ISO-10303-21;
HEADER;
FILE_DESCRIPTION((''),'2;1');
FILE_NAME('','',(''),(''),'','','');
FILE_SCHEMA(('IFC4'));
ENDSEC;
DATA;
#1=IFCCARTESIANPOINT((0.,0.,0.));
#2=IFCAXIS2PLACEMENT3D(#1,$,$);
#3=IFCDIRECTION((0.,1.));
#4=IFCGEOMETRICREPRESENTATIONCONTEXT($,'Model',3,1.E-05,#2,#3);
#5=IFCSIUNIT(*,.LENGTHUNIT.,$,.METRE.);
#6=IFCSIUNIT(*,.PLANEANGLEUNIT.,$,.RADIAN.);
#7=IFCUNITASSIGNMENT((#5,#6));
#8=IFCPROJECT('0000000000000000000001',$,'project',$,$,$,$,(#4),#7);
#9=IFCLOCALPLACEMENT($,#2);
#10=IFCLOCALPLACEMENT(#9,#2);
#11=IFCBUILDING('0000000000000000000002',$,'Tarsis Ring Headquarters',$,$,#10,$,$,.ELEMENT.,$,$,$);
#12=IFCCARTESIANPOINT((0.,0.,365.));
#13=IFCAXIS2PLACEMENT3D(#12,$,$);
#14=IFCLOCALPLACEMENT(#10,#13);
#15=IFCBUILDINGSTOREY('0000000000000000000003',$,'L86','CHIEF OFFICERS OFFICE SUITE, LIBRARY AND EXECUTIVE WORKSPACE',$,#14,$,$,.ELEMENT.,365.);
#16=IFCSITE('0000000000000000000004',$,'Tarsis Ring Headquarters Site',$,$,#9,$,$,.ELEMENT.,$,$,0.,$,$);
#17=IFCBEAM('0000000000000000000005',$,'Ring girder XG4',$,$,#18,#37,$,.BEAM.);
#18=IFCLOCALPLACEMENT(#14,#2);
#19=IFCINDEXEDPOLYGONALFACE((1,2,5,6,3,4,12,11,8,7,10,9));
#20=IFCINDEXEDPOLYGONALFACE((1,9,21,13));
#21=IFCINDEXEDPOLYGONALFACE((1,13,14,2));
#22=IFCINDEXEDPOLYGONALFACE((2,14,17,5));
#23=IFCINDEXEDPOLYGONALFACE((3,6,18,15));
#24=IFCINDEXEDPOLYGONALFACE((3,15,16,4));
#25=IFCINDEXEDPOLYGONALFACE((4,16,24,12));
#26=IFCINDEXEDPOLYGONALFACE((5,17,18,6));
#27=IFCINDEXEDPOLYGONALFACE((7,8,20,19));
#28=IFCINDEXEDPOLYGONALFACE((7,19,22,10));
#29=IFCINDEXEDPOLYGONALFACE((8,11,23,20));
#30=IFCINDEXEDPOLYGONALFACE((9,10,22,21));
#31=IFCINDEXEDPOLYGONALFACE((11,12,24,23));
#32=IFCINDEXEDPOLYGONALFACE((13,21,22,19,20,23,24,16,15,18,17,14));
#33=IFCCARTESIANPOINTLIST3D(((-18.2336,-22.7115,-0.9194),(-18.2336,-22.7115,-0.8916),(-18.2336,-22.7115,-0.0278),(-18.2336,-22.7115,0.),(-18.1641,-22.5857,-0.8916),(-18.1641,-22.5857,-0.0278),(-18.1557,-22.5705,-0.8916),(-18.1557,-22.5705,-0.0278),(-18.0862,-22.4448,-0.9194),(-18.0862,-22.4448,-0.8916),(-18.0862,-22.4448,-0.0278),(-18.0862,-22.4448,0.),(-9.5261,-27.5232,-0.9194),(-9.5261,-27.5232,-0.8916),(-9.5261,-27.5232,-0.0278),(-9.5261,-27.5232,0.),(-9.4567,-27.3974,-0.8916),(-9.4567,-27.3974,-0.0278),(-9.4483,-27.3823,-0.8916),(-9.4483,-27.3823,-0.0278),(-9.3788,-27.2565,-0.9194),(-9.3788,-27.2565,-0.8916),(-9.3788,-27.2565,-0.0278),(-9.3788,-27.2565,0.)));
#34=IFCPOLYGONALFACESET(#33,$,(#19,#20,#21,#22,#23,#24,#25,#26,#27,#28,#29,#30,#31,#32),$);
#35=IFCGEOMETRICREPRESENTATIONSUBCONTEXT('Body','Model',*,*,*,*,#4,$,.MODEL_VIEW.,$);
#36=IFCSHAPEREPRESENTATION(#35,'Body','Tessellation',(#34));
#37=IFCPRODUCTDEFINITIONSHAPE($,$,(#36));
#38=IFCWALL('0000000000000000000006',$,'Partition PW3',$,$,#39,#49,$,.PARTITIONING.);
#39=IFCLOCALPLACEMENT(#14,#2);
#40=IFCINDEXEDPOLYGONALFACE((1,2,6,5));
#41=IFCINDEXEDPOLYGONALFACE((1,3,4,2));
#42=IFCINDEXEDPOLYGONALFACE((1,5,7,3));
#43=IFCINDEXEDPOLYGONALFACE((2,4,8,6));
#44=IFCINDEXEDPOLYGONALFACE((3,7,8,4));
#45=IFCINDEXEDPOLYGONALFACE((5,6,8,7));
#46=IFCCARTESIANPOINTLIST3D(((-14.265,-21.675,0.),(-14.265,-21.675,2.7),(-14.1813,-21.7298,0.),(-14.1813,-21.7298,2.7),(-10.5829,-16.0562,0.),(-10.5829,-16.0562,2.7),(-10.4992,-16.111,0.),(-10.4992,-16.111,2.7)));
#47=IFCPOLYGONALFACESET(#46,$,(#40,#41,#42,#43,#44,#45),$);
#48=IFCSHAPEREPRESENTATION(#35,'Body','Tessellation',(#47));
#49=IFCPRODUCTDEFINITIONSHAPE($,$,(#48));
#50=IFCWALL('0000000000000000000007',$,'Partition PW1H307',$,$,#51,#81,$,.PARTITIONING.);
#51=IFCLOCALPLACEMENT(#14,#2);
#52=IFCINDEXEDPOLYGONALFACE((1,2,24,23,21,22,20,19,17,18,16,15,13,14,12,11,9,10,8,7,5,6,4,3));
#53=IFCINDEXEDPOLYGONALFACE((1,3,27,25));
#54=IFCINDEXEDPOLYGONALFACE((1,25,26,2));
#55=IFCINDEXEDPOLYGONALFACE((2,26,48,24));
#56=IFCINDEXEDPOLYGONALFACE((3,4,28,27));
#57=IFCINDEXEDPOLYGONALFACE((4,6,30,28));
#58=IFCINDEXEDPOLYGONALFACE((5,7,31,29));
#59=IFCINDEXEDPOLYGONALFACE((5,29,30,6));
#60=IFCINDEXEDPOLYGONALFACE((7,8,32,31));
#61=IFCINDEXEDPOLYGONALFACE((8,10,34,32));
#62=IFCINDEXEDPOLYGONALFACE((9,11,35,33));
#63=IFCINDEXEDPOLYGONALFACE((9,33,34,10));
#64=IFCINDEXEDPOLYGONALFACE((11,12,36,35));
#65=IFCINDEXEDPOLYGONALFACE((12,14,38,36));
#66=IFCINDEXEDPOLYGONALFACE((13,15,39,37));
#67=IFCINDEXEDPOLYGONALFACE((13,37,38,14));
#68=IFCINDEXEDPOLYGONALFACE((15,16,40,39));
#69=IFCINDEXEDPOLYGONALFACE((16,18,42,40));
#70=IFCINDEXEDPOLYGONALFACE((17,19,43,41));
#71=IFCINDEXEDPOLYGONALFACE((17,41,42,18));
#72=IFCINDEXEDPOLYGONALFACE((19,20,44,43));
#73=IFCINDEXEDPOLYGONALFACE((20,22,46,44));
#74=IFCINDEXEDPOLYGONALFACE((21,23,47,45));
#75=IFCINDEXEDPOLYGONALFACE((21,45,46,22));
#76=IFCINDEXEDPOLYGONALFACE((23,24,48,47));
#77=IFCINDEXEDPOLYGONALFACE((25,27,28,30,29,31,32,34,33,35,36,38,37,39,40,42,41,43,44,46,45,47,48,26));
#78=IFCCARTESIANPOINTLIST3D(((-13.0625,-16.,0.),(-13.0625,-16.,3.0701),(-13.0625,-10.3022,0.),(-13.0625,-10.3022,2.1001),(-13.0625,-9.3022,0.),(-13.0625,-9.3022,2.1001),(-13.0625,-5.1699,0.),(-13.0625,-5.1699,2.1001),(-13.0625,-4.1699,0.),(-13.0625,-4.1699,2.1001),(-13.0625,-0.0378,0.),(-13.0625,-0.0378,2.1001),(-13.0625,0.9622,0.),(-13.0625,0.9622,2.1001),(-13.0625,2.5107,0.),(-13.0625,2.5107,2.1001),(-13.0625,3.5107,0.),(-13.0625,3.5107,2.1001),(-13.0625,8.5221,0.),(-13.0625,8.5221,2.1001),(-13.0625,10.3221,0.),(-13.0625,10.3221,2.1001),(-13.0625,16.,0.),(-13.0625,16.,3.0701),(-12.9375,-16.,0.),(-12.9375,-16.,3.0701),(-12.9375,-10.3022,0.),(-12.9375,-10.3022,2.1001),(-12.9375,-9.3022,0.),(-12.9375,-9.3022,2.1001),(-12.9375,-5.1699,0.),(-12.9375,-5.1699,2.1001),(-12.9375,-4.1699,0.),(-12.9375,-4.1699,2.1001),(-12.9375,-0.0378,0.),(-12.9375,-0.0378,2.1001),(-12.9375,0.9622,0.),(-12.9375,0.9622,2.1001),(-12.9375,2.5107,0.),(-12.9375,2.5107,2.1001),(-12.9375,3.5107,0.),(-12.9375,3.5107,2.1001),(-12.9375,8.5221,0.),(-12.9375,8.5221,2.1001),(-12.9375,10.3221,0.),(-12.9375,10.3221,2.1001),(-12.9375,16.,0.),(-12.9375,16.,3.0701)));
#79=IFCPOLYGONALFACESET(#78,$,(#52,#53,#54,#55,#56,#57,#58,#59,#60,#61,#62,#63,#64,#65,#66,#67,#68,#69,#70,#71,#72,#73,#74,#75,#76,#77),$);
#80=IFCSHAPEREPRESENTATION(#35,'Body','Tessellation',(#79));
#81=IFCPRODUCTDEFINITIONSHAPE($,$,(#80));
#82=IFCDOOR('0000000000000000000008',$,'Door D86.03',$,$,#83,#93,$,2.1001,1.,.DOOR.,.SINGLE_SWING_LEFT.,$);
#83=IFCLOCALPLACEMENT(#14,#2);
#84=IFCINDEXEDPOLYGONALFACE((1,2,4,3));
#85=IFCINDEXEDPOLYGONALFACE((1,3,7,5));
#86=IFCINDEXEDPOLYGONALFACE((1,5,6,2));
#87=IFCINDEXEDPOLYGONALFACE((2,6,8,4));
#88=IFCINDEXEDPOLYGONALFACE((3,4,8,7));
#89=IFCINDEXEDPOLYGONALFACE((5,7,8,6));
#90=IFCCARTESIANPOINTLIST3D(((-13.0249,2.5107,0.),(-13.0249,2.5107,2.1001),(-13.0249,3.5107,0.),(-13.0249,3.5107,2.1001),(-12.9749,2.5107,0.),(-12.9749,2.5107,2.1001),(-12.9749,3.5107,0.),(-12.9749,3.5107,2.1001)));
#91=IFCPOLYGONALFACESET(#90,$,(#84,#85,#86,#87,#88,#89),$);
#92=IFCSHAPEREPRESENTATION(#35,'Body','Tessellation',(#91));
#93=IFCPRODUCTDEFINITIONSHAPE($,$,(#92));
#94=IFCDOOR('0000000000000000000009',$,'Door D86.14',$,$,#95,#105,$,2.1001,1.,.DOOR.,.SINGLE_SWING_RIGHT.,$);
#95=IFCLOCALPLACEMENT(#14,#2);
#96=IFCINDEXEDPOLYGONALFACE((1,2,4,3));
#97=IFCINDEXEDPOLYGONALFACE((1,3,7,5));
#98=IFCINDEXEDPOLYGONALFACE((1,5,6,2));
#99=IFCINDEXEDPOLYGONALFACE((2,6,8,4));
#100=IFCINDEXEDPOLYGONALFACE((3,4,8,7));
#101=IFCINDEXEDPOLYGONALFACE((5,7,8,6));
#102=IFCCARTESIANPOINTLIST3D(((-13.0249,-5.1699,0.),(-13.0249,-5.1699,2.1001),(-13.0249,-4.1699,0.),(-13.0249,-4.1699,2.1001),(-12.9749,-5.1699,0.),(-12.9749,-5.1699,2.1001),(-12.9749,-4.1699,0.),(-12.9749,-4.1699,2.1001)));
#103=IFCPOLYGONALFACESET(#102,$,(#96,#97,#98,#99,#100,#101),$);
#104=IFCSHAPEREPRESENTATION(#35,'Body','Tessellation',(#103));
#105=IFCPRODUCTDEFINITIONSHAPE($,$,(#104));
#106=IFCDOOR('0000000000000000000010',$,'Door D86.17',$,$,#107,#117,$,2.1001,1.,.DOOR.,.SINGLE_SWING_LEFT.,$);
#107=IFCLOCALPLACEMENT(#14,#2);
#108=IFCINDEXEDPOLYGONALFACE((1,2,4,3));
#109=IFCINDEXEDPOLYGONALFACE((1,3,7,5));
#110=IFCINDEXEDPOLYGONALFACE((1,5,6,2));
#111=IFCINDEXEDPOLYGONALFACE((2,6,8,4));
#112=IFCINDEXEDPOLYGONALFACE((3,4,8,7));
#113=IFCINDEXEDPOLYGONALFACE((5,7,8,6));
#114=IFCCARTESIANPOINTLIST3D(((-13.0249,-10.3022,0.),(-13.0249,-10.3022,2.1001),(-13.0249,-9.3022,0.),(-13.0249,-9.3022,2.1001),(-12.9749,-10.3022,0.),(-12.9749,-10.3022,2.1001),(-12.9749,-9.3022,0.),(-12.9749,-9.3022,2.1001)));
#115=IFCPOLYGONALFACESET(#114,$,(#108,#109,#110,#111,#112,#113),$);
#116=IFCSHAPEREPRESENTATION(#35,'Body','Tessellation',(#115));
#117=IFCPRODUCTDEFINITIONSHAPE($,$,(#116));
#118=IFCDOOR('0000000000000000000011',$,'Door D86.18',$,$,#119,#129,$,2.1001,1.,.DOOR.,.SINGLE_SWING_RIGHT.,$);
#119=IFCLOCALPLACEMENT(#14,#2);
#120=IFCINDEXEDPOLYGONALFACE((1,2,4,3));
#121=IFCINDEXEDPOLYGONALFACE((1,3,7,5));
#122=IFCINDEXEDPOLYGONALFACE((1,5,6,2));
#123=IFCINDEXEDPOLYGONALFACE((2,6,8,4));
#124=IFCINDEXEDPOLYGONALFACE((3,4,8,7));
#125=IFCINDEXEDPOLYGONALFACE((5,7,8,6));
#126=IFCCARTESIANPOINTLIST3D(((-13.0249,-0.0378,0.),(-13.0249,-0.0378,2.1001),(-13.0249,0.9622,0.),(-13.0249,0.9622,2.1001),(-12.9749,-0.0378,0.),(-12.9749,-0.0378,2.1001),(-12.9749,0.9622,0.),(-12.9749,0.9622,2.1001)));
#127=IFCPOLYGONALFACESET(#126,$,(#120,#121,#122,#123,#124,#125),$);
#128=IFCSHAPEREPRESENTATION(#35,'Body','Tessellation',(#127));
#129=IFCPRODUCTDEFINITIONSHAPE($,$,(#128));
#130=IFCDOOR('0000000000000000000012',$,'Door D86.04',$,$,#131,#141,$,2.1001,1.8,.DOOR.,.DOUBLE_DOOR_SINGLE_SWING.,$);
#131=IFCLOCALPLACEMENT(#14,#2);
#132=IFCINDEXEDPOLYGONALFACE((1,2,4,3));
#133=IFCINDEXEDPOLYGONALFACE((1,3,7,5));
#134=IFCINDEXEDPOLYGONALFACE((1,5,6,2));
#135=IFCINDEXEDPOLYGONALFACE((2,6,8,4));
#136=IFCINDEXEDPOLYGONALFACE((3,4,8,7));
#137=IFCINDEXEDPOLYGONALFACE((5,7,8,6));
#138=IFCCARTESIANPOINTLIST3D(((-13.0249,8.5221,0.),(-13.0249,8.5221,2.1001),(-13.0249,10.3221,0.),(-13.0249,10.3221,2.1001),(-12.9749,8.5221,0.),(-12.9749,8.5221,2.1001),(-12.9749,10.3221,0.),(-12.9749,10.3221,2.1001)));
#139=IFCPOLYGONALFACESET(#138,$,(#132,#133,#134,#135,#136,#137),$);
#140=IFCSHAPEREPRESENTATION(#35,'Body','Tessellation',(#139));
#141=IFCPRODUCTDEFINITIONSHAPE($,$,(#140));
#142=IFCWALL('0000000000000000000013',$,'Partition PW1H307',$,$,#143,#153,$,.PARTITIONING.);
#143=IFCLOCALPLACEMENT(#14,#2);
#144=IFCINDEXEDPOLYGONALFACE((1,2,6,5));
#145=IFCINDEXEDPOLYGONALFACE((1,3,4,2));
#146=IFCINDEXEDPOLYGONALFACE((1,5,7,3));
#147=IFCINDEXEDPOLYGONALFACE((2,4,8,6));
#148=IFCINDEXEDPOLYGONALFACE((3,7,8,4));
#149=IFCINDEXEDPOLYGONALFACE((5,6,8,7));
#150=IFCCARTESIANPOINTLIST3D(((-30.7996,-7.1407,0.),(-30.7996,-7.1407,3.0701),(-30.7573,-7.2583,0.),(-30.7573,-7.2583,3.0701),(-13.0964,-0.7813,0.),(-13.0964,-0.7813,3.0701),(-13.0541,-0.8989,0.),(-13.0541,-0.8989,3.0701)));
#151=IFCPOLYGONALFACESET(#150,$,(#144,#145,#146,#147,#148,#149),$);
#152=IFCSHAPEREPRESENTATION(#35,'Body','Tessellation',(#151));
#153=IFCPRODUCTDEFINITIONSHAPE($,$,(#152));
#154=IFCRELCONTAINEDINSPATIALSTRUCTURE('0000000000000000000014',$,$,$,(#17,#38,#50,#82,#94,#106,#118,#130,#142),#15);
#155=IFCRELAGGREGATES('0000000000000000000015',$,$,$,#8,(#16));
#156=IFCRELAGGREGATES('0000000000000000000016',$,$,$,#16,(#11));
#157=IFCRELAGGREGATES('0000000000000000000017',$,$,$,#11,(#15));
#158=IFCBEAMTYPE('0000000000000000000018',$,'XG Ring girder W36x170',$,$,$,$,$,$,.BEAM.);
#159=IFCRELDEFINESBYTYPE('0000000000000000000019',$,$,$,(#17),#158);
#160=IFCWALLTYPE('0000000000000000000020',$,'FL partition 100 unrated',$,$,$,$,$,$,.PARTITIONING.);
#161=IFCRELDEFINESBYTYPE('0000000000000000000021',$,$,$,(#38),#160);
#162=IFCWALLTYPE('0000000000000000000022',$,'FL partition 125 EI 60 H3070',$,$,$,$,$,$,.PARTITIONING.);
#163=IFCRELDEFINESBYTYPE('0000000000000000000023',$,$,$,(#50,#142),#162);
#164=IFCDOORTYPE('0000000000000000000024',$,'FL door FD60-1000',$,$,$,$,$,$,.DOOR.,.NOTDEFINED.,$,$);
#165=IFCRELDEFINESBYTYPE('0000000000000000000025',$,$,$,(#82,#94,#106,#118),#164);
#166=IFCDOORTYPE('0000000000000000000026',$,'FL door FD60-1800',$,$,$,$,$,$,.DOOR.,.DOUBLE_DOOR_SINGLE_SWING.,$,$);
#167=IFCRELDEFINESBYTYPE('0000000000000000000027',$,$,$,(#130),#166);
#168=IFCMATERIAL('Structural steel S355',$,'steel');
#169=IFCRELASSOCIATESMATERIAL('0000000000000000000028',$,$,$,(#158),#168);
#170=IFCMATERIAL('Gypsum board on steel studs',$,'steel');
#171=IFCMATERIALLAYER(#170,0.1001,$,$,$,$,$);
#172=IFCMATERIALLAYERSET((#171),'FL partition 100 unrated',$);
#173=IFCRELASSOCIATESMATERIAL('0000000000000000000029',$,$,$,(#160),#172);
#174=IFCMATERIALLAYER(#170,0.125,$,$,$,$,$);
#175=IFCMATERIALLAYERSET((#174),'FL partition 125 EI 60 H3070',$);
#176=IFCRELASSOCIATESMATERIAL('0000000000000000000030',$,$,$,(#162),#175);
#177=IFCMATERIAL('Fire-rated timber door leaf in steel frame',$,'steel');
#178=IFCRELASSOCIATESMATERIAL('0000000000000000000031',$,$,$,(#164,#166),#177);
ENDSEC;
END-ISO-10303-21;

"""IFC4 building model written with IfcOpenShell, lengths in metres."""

from ifc_helpers import new_model, si_unit, direction, frame, frame_2d, origin, origin_2d, place, context, subcontext, project, spatial, rectangle, i_section, extrude, material, layer, layer_set, material_profile, profile_set, type_object, element, fill, save


model = new_model("IFC4")

# Units and contexts
model_context = context("Model", 3, precision=1e-05, world=origin(), true_north=direction((0.0, 1.0)))
body_context = subcontext(model_context, "Body", "Model", "MODEL_VIEW")
ifc_project = project(units=[si_unit("LENGTHUNIT", "METRE"), si_unit("PLANEANGLEUNIT", "RADIAN")], contexts=[model_context])

# Site, building, storey
site_placement = place(None, origin())
site = spatial("IfcSite", under=ifc_project, at=site_placement, Name="Tarsis Ring Headquarters Site", CompositionType="ELEMENT", RefElevation=0.0)
building_placement = place(site_placement, origin())
building = spatial("IfcBuilding", under=site, at=building_placement, Name="Tarsis Ring Headquarters", CompositionType="ELEMENT")
storey_placement = place(building_placement, frame((0.0, 0.0, 365.0)))
storey = spatial("IfcBuildingStorey", under=building, at=storey_placement, Name="L86", Description="CHIEF OFFICERS OFFICE SUITE, LIBRARY AND EXECUTIVE WORKSPACE", CompositionType="ELEMENT", Elevation=365.0)

# Shared definitions
ifc_material_1 = material(Name="Structural steel S355", Category="steel")

# Beam
ifc_material_profile_1 = material_profile(ifc_material_1, i_section(OverallWidth=0.3047, OverallDepth=0.9194, WebThickness=0.0173, FlangeThickness=0.0278, at=origin_2d()), Name="W36x170")
ifc_profile_set_1 = profile_set([ifc_material_profile_1], Name="Structural steel S355")
beam_type = type_object("IfcBeamType", Name="XG Ring girder W36x170", PredefinedType="BEAM", material=ifc_profile_set_1)
beam_1_placement = place(storey_placement, frame((-18.1599, -22.5781, -0.4597), z_axis=(0.875254, -0.483664, 0.0), x_axis=(0.483664, 0.875254, 0.0)))
element("IfcBeam", 1, at=beam_1_placement, inside=storey, type_object=beam_type, Name="Ring girder XG4", PredefinedType="BEAM", context=body_context, shape_type="SweptSolid", body=[
    extrude(i_section(OverallWidth=0.3047, OverallDepth=0.9194, WebThickness=0.0173, FlangeThickness=0.0278, at=origin_2d()), origin(), (0.0, 0.0, 1.0), 9.9485),
])

# Wall
ifc_material_2 = material(Name="Gypsum board on steel studs", Category="steel")
ifc_layer_1 = layer(ifc_material_2, 0.1001)
ifc_layer_set_1 = layer_set([ifc_layer_1], Name="FL partition 100 unrated")
wall_type_1 = type_object("IfcWallType", Name="FL partition 100 unrated", PredefinedType="PARTITIONING", material=ifc_layer_set_1)
wall_1_placement = place(storey_placement, frame((-14.2231, -21.7024, 0.0), z_axis=(0.0, 0.0, 1.0), x_axis=(0.548108, 0.836408, 0.0)))
element("IfcWall", 2, at=wall_1_placement, inside=storey, type_object=wall_type_1, Name="Partition PW3", PredefinedType="PARTITIONING", context=body_context, shape_type="SweptSolid", body=[
    extrude(rectangle(XDim=6.7178, YDim=0.1001, at=frame_2d((3.3589, 0.0))), origin(), (0.0, 0.0, 1.0), 2.7),
])

# Wall, openings, doors
ifc_layer_2 = layer(ifc_material_2, 0.125)
ifc_layer_set_2 = layer_set([ifc_layer_2], Name="FL partition 125 EI 60 H3070")
wall_type_2 = type_object("IfcWallType", Name="FL partition 125 EI 60 H3070", PredefinedType="PARTITIONING", material=ifc_layer_set_2)
wall_2_placement = place(storey_placement, frame((-13.0, -16.0, 0.0), z_axis=(0.0, 0.0, 1.0), x_axis=(0.0, 1.0, 0.0)))
wall_2 = element("IfcWall", 3, at=wall_2_placement, inside=storey, type_object=wall_type_2, Name="Partition PW1H307", PredefinedType="PARTITIONING", context=body_context, shape_type="SweptSolid", body=[
    extrude(rectangle(XDim=32.0, YDim=0.125, at=frame_2d((16.0, 0.0))), origin(), (0.0, 0.0, 1.0), 3.0701),
])
opening_1_placement = place(wall_2_placement, frame((18.5107, 0.0, 0.0)))
opening_1 = element("IfcOpeningElement", 4, at=opening_1_placement, cuts=wall_2, PredefinedType="OPENING", context=body_context, shape_type="SweptSolid", body=[
    extrude(rectangle(XDim=1.0, YDim=2.1001, at=frame_2d((0.5, 1.05))), frame((0.0, 0.0725, 0.0), z_axis=(0.0, -1.0, 0.0), x_axis=(1.0, 0.0, 0.0)), (0.0, 0.0, 1.0), 0.145),
])
opening_2_placement = place(wall_2_placement, frame((24.5222, 0.0, 0.0)))
opening_2 = element("IfcOpeningElement", 5, at=opening_2_placement, cuts=wall_2, PredefinedType="OPENING", context=body_context, shape_type="SweptSolid", body=[
    extrude(rectangle(XDim=1.8, YDim=2.1001, at=frame_2d((0.8999, 1.05))), frame((0.0, 0.0725, 0.0), z_axis=(0.0, -1.0, 0.0), x_axis=(1.0, 0.0, 0.0)), (0.0, 0.0, 1.0), 0.145),
])
opening_3_placement = place(wall_2_placement, frame((10.8301, 0.0, 0.0)))
opening_3 = element("IfcOpeningElement", 6, at=opening_3_placement, cuts=wall_2, PredefinedType="OPENING", context=body_context, shape_type="SweptSolid", body=[
    extrude(rectangle(XDim=1.0, YDim=2.1001, at=frame_2d((0.5, 1.05))), frame((0.0, 0.0725, 0.0), z_axis=(0.0, -1.0, 0.0), x_axis=(1.0, 0.0, 0.0)), (0.0, 0.0, 1.0), 0.145),
])
opening_4_placement = place(wall_2_placement, frame((5.6978, 0.0, 0.0)))
opening_4 = element("IfcOpeningElement", 7, at=opening_4_placement, cuts=wall_2, PredefinedType="OPENING", context=body_context, shape_type="SweptSolid", body=[
    extrude(rectangle(XDim=1.0, YDim=2.1001, at=frame_2d((0.5, 1.05))), frame((0.0, 0.0725, 0.0), z_axis=(0.0, -1.0, 0.0), x_axis=(1.0, 0.0, 0.0)), (0.0, 0.0, 1.0), 0.145),
])
opening_5_placement = place(wall_2_placement, frame((15.9622, 0.0, 0.0)))
opening_5 = element("IfcOpeningElement", 8, at=opening_5_placement, cuts=wall_2, PredefinedType="OPENING", context=body_context, shape_type="SweptSolid", body=[
    extrude(rectangle(XDim=1.0, YDim=2.1001, at=frame_2d((0.5, 1.05))), frame((0.0, 0.0725, 0.0), z_axis=(0.0, -1.0, 0.0), x_axis=(1.0, 0.0, 0.0)), (0.0, 0.0, 1.0), 0.145),
])
ifc_material_3 = material(Name="Fire-rated timber door leaf in steel frame", Category="steel")
door_type_1 = type_object("IfcDoorType", Name="FL door FD60-1000", OperationType="NOTDEFINED", PredefinedType="DOOR", material=ifc_material_3)
door_1_placement = place(opening_1_placement, origin())
door_1 = element("IfcDoor", 9, at=door_1_placement, inside=storey, type_object=door_type_1, Name="Door D86.03", OperationType="SINGLE_SWING_LEFT", OverallHeight=2.1001, OverallWidth=1.0, PredefinedType="DOOR", context=body_context, shape_type="SweptSolid", body=[
    extrude(rectangle(XDim=1.0, YDim=2.1001, at=frame_2d((0.5, 1.05))), frame((0.0, 0.0249, 0.0), z_axis=(0.0, -1.0, 0.0), x_axis=(1.0, 0.0, 0.0)), (0.0, 0.0, 1.0), 0.05),
])
fill(opening_1, door_1)
door_2_placement = place(opening_3_placement, origin())
door_2 = element("IfcDoor", 10, at=door_2_placement, inside=storey, type_object=door_type_1, Name="Door D86.14", OperationType="SINGLE_SWING_RIGHT", OverallHeight=2.1001, OverallWidth=1.0, PredefinedType="DOOR", context=body_context, shape_type="SweptSolid", body=[
    extrude(rectangle(XDim=1.0, YDim=2.1001, at=frame_2d((0.5, 1.05))), frame((0.0, 0.0249, 0.0), z_axis=(0.0, -1.0, 0.0), x_axis=(1.0, 0.0, 0.0)), (0.0, 0.0, 1.0), 0.05),
])
fill(opening_3, door_2)
door_3_placement = place(opening_4_placement, origin())
door_3 = element("IfcDoor", 11, at=door_3_placement, inside=storey, type_object=door_type_1, Name="Door D86.17", OperationType="SINGLE_SWING_LEFT", OverallHeight=2.1001, OverallWidth=1.0, PredefinedType="DOOR", context=body_context, shape_type="SweptSolid", body=[
    extrude(rectangle(XDim=1.0, YDim=2.1001, at=frame_2d((0.5, 1.05))), frame((0.0, 0.0249, 0.0), z_axis=(0.0, -1.0, 0.0), x_axis=(1.0, 0.0, 0.0)), (0.0, 0.0, 1.0), 0.05),
])
fill(opening_4, door_3)
door_4_placement = place(opening_5_placement, origin())
door_4 = element("IfcDoor", 12, at=door_4_placement, inside=storey, type_object=door_type_1, Name="Door D86.18", OperationType="SINGLE_SWING_RIGHT", OverallHeight=2.1001, OverallWidth=1.0, PredefinedType="DOOR", context=body_context, shape_type="SweptSolid", body=[
    extrude(rectangle(XDim=1.0, YDim=2.1001, at=frame_2d((0.5, 1.05))), frame((0.0, 0.0249, 0.0), z_axis=(0.0, -1.0, 0.0), x_axis=(1.0, 0.0, 0.0)), (0.0, 0.0, 1.0), 0.05),
])
fill(opening_5, door_4)
door_type_2 = type_object("IfcDoorType", Name="FL door FD60-1800", OperationType="DOUBLE_DOOR_SINGLE_SWING", PredefinedType="DOOR", material=ifc_material_3)
door_5_placement = place(opening_2_placement, origin())
door_5 = element("IfcDoor", 13, at=door_5_placement, inside=storey, type_object=door_type_2, Name="Door D86.04", OperationType="DOUBLE_DOOR_SINGLE_SWING", OverallHeight=2.1001, OverallWidth=1.8, PredefinedType="DOOR", context=body_context, shape_type="SweptSolid", body=[
    extrude(rectangle(XDim=1.8, YDim=2.1001, at=frame_2d((0.8999, 1.05))), frame((0.0, 0.0249, 0.0), z_axis=(0.0, -1.0, 0.0), x_axis=(1.0, 0.0, 0.0)), (0.0, 0.0, 1.0), 0.05),
])
fill(opening_2, door_5)

# Wall
wall_3_placement = place(storey_placement, frame((-30.7783, -7.1995, 0.0), z_axis=(0.0, 0.0, 1.0), x_axis=(0.94112, 0.338072, 0.0)))
element("IfcWall", 14, at=wall_3_placement, inside=storey, type_object=wall_type_2, Name="Partition PW1H307", PredefinedType="PARTITIONING", context=body_context, shape_type="SweptSolid", body=[
    extrude(rectangle(XDim=18.8108, YDim=0.125, at=frame_2d((9.4053, 0.0))), origin(), (0.0, 0.0, 1.0), 3.0701),
])

save(model, "model.ifc")
